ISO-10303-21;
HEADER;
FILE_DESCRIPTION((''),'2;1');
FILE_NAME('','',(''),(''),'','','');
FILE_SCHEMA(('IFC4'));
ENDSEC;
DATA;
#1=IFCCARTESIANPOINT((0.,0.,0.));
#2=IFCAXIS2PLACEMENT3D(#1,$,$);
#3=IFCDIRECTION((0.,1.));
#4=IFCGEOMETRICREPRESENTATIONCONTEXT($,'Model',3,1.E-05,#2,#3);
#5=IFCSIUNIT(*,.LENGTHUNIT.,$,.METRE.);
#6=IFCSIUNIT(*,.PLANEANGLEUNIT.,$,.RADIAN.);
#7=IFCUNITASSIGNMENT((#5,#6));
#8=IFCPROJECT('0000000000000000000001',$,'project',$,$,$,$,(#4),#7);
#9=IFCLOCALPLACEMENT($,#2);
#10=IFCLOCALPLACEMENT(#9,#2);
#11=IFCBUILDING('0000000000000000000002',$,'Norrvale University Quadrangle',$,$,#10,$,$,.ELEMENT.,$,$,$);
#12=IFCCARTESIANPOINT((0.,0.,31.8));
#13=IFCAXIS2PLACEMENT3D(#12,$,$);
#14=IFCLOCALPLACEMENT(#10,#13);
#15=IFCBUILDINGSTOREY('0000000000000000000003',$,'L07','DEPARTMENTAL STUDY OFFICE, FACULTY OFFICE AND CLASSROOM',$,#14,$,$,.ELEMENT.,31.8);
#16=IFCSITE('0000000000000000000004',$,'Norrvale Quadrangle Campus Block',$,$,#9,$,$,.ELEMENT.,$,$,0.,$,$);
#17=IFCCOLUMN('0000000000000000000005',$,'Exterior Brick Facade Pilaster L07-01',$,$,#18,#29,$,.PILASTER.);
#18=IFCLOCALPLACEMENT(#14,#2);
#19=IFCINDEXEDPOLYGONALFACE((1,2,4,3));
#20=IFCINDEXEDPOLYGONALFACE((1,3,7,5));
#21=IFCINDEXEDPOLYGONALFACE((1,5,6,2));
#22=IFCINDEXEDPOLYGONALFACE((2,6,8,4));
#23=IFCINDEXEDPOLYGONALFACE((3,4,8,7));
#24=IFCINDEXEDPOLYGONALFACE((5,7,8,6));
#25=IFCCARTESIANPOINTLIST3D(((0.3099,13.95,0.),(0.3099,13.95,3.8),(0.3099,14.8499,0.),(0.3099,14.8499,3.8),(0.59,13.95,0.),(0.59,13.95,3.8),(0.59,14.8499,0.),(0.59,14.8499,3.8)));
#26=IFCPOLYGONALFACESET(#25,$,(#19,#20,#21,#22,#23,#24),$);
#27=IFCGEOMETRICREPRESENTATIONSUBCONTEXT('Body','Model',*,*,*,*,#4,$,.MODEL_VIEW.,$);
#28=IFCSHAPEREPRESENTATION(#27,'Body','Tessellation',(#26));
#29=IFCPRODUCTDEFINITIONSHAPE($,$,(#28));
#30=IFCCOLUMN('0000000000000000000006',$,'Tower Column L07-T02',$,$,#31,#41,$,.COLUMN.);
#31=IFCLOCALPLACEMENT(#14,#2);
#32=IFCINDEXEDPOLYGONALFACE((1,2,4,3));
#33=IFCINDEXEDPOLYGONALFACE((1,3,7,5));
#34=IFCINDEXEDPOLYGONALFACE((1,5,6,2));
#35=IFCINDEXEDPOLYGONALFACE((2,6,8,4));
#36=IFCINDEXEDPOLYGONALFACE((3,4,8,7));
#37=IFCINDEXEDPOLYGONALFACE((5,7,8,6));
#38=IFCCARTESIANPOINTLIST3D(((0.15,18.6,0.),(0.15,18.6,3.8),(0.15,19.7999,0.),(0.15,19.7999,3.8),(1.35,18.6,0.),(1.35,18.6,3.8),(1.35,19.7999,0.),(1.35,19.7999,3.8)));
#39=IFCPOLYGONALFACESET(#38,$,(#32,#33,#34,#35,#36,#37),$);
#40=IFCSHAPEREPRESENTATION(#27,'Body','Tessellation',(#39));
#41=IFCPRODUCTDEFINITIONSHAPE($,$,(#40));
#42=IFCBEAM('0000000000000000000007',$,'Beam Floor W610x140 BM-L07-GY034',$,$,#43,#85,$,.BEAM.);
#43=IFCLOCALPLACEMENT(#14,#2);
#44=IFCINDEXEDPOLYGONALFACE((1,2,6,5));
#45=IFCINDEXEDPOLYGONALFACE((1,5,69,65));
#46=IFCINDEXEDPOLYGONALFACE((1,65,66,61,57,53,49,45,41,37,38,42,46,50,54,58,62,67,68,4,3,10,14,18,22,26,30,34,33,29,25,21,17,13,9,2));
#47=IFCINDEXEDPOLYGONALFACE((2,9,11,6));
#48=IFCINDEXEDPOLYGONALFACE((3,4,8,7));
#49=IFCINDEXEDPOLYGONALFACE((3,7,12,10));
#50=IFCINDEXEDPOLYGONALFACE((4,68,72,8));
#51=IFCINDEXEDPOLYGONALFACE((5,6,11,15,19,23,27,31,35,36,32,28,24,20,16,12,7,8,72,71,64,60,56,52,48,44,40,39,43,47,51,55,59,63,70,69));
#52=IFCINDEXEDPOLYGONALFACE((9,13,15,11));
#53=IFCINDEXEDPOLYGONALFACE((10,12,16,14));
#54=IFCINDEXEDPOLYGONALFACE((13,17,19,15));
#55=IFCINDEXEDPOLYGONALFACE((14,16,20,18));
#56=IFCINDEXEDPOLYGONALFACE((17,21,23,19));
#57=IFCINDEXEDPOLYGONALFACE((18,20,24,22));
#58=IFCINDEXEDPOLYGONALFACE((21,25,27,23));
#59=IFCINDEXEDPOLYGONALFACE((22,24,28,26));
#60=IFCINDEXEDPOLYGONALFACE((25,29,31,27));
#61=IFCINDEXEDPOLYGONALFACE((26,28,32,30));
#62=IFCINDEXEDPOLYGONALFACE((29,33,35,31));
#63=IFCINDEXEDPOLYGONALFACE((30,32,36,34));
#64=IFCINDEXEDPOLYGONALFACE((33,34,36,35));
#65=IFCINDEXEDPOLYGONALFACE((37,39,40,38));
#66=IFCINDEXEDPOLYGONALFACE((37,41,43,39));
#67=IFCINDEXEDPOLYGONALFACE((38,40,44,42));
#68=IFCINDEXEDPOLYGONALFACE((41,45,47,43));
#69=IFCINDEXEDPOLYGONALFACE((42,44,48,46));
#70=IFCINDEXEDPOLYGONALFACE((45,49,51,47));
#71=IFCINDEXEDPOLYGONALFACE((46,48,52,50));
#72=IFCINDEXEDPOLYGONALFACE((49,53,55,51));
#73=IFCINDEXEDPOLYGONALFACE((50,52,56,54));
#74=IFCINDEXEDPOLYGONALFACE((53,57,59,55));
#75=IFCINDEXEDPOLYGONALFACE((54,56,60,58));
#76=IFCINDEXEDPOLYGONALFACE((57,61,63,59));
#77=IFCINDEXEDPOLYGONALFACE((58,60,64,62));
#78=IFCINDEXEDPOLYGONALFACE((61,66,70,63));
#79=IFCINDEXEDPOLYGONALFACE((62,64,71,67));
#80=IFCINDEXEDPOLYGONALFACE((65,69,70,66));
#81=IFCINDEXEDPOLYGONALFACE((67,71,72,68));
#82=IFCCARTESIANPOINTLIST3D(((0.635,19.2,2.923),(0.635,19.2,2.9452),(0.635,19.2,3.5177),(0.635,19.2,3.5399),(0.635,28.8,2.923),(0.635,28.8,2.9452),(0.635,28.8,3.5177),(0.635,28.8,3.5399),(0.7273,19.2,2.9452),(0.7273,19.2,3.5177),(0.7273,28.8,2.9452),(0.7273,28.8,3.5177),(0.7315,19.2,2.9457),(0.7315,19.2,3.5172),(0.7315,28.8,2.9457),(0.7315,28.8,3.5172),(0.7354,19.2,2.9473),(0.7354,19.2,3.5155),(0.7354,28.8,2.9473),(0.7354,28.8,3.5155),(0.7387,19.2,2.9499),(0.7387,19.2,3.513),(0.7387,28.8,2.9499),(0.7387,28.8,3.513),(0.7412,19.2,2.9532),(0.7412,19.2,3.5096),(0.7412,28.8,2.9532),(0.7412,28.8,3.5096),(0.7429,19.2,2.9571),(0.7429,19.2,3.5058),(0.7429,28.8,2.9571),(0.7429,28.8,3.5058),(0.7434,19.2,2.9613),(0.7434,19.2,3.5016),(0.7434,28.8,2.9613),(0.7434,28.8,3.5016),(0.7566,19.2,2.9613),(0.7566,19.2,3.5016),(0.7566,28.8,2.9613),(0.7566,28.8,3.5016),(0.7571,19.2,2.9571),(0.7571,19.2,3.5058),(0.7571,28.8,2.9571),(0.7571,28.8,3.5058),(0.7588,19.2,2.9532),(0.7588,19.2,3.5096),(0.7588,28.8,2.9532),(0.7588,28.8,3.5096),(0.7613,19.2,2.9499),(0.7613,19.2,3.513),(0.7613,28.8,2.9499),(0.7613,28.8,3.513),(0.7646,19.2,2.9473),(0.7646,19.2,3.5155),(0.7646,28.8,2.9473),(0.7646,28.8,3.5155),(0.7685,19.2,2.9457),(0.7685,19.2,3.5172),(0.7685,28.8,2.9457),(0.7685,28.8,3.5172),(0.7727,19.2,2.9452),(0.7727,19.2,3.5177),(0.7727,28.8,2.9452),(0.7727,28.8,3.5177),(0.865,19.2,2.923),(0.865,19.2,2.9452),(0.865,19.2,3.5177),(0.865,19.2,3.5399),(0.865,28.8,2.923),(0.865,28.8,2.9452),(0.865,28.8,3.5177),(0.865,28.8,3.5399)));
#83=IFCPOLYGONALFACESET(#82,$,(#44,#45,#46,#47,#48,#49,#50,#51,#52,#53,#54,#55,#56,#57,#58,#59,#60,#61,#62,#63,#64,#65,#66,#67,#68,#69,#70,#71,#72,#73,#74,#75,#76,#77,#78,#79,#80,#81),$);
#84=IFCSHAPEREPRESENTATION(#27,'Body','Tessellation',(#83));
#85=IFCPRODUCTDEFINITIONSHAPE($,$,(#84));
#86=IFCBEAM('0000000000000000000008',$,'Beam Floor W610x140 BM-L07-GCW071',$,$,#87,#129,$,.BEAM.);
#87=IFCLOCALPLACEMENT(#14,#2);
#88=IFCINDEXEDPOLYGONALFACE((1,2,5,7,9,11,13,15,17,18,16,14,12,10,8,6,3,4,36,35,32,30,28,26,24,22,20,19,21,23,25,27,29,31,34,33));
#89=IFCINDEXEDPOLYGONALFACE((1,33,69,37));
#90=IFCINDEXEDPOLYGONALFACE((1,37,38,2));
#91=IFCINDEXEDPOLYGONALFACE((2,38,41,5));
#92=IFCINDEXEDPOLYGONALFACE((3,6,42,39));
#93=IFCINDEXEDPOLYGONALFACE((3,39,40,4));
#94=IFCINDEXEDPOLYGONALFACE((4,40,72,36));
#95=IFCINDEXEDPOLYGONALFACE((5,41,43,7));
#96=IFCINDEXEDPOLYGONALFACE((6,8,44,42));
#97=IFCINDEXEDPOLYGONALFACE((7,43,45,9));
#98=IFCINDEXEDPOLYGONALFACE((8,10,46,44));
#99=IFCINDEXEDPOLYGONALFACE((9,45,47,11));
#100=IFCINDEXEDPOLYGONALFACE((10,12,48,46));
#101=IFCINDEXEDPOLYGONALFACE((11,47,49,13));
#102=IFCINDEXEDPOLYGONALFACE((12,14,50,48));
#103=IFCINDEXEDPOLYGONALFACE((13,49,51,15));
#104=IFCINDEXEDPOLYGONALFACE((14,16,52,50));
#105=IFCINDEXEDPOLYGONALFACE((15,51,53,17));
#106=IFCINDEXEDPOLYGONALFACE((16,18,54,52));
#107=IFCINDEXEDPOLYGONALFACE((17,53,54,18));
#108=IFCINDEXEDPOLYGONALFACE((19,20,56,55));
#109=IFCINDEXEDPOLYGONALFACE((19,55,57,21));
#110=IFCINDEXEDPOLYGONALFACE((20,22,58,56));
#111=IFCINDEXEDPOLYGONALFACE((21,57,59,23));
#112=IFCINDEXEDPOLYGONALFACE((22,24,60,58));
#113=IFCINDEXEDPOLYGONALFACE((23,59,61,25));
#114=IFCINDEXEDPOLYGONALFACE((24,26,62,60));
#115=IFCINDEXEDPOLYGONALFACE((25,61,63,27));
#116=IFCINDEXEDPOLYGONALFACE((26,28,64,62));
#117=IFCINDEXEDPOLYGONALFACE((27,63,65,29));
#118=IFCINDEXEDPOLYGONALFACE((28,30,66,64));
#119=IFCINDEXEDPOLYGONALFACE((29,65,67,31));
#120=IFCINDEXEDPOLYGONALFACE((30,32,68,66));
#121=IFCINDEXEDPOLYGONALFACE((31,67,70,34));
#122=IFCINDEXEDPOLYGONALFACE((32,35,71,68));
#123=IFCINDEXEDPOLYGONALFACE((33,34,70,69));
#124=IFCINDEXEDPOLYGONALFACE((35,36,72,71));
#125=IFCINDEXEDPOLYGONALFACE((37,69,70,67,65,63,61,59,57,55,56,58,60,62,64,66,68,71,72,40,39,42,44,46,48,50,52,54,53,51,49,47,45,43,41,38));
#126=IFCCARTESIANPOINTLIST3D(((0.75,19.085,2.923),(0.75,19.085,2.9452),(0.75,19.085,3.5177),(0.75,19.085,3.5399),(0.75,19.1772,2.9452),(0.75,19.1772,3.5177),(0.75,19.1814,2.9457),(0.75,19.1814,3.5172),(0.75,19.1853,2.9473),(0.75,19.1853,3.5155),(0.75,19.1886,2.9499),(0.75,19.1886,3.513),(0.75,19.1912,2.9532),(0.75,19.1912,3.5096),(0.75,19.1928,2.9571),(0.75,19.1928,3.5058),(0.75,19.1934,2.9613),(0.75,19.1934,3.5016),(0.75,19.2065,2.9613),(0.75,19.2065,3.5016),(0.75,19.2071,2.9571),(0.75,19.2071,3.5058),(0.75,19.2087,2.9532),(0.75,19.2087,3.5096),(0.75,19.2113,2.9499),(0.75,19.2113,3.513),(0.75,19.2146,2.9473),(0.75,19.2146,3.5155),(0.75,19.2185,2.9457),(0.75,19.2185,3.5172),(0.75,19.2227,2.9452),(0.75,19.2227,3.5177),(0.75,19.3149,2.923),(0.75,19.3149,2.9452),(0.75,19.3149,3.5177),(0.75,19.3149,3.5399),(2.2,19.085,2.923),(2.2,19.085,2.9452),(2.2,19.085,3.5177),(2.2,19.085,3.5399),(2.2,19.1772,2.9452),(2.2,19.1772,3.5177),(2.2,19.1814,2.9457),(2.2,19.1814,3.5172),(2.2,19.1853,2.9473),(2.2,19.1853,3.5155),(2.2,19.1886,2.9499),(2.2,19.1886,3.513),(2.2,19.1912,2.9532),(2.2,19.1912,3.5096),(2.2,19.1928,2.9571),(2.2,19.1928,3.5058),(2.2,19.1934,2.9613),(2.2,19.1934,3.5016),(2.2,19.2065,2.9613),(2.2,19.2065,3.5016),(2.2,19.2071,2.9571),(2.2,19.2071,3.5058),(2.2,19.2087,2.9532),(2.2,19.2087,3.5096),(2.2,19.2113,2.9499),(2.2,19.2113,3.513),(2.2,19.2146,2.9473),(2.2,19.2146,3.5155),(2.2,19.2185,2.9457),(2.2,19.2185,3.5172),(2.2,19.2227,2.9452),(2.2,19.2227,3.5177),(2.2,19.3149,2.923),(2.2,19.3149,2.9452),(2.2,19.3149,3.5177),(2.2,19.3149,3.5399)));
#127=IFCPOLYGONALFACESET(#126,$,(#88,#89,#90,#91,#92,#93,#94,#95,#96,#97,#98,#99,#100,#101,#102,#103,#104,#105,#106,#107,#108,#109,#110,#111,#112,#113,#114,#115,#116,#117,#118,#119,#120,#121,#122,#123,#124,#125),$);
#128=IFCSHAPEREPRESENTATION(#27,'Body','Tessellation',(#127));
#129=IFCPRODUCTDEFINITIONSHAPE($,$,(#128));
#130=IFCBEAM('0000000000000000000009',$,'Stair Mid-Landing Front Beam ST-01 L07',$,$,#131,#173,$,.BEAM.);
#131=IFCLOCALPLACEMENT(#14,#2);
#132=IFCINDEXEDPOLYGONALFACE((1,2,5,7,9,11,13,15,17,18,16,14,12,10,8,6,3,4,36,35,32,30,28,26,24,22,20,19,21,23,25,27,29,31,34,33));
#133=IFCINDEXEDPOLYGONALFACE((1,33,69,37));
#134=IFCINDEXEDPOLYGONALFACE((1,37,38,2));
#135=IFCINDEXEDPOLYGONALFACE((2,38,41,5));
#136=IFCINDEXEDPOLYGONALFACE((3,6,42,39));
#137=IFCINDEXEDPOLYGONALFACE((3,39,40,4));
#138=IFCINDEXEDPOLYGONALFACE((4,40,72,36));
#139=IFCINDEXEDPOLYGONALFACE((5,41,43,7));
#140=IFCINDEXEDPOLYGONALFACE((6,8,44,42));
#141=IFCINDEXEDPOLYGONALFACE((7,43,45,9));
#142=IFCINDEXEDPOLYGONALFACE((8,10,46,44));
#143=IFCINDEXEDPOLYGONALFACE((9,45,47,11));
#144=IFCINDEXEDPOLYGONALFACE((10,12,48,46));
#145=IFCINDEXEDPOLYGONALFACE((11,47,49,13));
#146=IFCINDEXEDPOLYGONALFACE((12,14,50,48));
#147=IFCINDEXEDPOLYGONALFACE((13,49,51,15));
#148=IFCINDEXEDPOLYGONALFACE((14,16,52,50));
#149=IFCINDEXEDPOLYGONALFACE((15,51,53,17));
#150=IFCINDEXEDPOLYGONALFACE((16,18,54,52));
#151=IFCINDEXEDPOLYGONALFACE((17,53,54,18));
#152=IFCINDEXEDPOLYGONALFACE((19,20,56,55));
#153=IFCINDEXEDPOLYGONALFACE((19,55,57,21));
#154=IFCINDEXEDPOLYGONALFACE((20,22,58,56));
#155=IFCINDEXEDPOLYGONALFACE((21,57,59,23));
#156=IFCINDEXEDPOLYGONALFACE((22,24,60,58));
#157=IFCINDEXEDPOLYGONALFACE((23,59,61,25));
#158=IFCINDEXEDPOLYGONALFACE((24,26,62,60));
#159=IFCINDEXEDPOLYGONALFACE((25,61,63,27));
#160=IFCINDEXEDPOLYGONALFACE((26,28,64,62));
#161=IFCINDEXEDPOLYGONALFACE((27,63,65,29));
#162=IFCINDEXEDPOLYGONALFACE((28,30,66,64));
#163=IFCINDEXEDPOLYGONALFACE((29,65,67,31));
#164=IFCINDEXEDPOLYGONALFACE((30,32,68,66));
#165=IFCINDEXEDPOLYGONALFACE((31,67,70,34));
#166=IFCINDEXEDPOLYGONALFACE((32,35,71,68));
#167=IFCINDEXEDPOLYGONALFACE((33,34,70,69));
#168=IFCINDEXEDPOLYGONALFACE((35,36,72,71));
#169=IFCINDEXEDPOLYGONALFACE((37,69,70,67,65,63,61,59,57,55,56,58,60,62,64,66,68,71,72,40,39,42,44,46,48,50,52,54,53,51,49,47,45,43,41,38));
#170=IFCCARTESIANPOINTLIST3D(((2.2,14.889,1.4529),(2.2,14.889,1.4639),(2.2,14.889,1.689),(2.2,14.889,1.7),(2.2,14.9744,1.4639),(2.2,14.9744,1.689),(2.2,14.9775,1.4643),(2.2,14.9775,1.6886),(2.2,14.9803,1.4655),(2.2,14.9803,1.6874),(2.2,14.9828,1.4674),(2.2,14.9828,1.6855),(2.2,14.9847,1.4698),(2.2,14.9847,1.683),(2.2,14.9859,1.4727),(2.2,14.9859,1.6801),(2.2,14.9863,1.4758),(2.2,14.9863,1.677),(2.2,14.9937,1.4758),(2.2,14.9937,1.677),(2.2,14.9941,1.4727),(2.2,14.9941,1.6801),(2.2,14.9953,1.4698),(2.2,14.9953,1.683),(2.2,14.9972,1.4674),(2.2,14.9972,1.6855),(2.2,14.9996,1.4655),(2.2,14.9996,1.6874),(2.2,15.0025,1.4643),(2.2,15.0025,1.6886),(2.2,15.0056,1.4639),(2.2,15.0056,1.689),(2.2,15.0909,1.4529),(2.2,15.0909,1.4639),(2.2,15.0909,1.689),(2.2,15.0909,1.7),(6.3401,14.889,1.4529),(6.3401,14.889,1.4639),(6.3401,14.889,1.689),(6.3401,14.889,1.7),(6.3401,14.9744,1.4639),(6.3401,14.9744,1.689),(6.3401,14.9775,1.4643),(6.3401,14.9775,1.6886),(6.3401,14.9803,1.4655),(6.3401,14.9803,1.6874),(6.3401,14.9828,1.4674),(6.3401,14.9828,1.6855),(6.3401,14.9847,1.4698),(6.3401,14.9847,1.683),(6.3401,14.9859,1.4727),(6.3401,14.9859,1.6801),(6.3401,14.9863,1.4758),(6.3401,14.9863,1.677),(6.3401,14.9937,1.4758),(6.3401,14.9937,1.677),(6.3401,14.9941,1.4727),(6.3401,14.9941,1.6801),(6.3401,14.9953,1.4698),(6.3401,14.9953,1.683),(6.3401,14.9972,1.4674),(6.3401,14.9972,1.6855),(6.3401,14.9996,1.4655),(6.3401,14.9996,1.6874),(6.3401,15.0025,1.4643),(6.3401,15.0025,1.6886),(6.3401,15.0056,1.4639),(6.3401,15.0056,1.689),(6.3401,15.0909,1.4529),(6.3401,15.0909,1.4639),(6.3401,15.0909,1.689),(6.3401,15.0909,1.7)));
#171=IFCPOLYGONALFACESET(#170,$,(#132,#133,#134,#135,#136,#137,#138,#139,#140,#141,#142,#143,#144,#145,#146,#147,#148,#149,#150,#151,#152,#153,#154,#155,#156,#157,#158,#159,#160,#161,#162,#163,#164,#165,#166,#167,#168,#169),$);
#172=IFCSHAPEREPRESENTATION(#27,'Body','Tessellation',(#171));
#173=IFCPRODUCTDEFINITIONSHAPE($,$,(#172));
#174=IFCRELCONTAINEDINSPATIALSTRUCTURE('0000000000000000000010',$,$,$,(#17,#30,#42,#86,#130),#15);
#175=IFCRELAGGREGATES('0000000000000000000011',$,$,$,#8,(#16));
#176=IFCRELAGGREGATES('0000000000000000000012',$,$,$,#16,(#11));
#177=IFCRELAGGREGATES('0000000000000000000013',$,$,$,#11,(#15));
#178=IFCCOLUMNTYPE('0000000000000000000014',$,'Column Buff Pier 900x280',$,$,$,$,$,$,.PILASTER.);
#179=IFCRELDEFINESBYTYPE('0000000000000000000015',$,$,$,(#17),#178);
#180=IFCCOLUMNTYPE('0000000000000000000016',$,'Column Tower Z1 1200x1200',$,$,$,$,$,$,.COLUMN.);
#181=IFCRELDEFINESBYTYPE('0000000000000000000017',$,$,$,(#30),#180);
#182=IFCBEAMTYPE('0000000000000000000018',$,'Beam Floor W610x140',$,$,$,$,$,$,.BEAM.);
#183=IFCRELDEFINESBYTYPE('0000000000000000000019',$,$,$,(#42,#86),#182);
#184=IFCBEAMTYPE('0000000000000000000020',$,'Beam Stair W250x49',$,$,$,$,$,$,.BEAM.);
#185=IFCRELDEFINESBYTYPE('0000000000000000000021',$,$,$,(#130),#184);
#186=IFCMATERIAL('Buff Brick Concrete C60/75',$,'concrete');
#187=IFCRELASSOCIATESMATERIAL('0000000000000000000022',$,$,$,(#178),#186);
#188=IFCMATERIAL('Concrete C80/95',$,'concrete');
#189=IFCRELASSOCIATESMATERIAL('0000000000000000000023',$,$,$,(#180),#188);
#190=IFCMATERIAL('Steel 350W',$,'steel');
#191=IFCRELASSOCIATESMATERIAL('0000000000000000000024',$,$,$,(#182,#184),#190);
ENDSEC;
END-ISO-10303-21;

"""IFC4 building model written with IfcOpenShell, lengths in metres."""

from ifc_helpers import new_model, si_unit, direction, frame, origin, origin_2d, place, context, subcontext, project, spatial, rectangle, i_section, extrude, material, material_profile, profile_set, type_object, element, save


model = new_model("IFC4")

# Units and contexts
model_context = context("Model", 3, precision=1e-05, world=origin(), true_north=direction((0.0, 1.0)))
body_context = subcontext(model_context, "Body", "Model", "MODEL_VIEW")
ifc_project = project(units=[si_unit("LENGTHUNIT", "METRE"), si_unit("PLANEANGLEUNIT", "RADIAN")], contexts=[model_context])

# Site, building, storey
site_placement = place(None, origin())
site = spatial("IfcSite", under=ifc_project, at=site_placement, Name="Norrvale Quadrangle Campus Block", CompositionType="ELEMENT", RefElevation=0.0)
building_placement = place(site_placement, origin())
building = spatial("IfcBuilding", under=site, at=building_placement, Name="Norrvale University Quadrangle", CompositionType="ELEMENT")
storey_placement = place(building_placement, frame((0.0, 0.0, 31.8)))
storey = spatial("IfcBuildingStorey", under=building, at=storey_placement, Name="L07", Description="DEPARTMENTAL STUDY OFFICE, FACULTY OFFICE AND CLASSROOM", CompositionType="ELEMENT", Elevation=31.8)

# Columns
ifc_material_1 = material(Name="Buff Brick Concrete C60/75", Category="concrete")
ifc_material_profile_1 = material_profile(ifc_material_1, rectangle(XDim=0.8999, YDim=0.28, at=origin_2d()), Name="Buff Brick Concrete C60/75")
ifc_profile_set_1 = profile_set([ifc_material_profile_1], Name="Buff Brick Concrete C60/75")
column_type_1 = type_object("IfcColumnType", Name="Column Buff Pier 900x280", PredefinedType="PILASTER", material=ifc_profile_set_1)
column_1_placement = place(storey_placement, frame((0.45, 14.3999, 0.0), z_axis=(0.0, 0.0, 1.0), x_axis=(0.0, 1.0, 0.0)))
element("IfcColumn", 1, at=column_1_placement, inside=storey, type_object=column_type_1, Name="Exterior Brick Facade Pilaster L07-01", PredefinedType="PILASTER", context=body_context, shape_type="SweptSolid", body=[
    extrude(rectangle(XDim=0.8999, YDim=0.28, at=origin_2d()), origin(), (0.0, 0.0, 1.0), 3.8),
])
ifc_material_2 = material(Name="Concrete C80/95", Category="concrete")
ifc_material_profile_2 = material_profile(ifc_material_2, rectangle(XDim=1.2, YDim=1.2, at=origin_2d()), Name="Concrete C80/95")
ifc_profile_set_2 = profile_set([ifc_material_profile_2], Name="Concrete C80/95")
column_type_2 = type_object("IfcColumnType", Name="Column Tower Z1 1200x1200", PredefinedType="COLUMN", material=ifc_profile_set_2)
column_2_placement = place(storey_placement, frame((0.75, 19.2, 0.0), z_axis=(0.0, 0.0, 1.0), x_axis=(1.0, 0.0, 0.0)))
element("IfcColumn", 2, at=column_2_placement, inside=storey, type_object=column_type_2, Name="Tower Column L07-T02", PredefinedType="COLUMN", context=body_context, shape_type="SweptSolid", body=[
    extrude(rectangle(XDim=1.2, YDim=1.2, at=origin_2d()), origin(), (0.0, 0.0, 1.0), 3.8),
])

# Beams
ifc_material_3 = material(Name="Steel 350W", Category="steel")
ifc_material_profile_3 = material_profile(ifc_material_3, i_section(OverallWidth=0.23, OverallDepth=0.6169, WebThickness=0.0132, FlangeThickness=0.0222, FilletRadius=0.0161, at=origin_2d()), Name="Steel 350W")
ifc_profile_set_3 = profile_set([ifc_material_profile_3], Name="Steel 350W")
beam_type_1 = type_object("IfcBeamType", Name="Beam Floor W610x140", PredefinedType="BEAM", material=ifc_profile_set_3)
beam_1_placement = place(storey_placement, frame((0.75, 19.2, 3.2314), z_axis=(0.0, 1.0, 0.0), x_axis=(-1.0, 0.0, 0.0)))
element("IfcBeam", 3, at=beam_1_placement, inside=storey, type_object=beam_type_1, Name="Beam Floor W610x140 BM-L07-GY034", PredefinedType="BEAM", context=body_context, shape_type="SweptSolid", body=[
    extrude(i_section(OverallWidth=0.23, OverallDepth=0.6169, WebThickness=0.0132, FlangeThickness=0.0222, FilletRadius=0.0161, at=origin_2d()), origin(), (0.0, 0.0, 1.0), 9.6001),
])
beam_2_placement = place(storey_placement, frame((0.75, 19.2, 3.2314), z_axis=(1.0, 0.0, 0.0), x_axis=(0.0, 1.0, 0.0)))
element("IfcBeam", 4, at=beam_2_placement, inside=storey, type_object=beam_type_1, Name="Beam Floor W610x140 BM-L07-GCW071", PredefinedType="BEAM", context=body_context, shape_type="SweptSolid", body=[
    extrude(i_section(OverallWidth=0.23, OverallDepth=0.6169, WebThickness=0.0132, FlangeThickness=0.0222, FilletRadius=0.0161, at=origin_2d()), origin(), (0.0, 0.0, 1.0), 1.45),
])
ifc_material_profile_4 = material_profile(ifc_material_3, i_section(OverallWidth=0.2019, OverallDepth=0.2471, WebThickness=0.0073, FlangeThickness=0.011, FilletRadius=0.012, at=origin_2d()), Name="Steel 350W")
ifc_profile_set_4 = profile_set([ifc_material_profile_4], Name="Steel 350W")
beam_type_2 = type_object("IfcBeamType", Name="Beam Stair W250x49", PredefinedType="BEAM", material=ifc_profile_set_4)
for number, where, z_axis, x_axis, name in (
    (5, (2.2, 14.99, 1.5764), (1.0, 0.0, 0.0), (0.0, 1.0, 0.0), "Stair Mid-Landing Front Beam ST-01 L07"),
):
    element("IfcBeam", number, at=place(storey_placement, frame(where, z_axis=z_axis, x_axis=x_axis)), inside=storey, type_object=beam_type_2, Name=name, PredefinedType="BEAM", context=body_context, shape_type="SweptSolid", body=[
        extrude(i_section(OverallWidth=0.2019, OverallDepth=0.2471, WebThickness=0.0073, FlangeThickness=0.011, FilletRadius=0.012, at=origin_2d()), origin(), (0.0, 0.0, 1.0), 4.1401),
    ])

save(model, "model.ifc")
